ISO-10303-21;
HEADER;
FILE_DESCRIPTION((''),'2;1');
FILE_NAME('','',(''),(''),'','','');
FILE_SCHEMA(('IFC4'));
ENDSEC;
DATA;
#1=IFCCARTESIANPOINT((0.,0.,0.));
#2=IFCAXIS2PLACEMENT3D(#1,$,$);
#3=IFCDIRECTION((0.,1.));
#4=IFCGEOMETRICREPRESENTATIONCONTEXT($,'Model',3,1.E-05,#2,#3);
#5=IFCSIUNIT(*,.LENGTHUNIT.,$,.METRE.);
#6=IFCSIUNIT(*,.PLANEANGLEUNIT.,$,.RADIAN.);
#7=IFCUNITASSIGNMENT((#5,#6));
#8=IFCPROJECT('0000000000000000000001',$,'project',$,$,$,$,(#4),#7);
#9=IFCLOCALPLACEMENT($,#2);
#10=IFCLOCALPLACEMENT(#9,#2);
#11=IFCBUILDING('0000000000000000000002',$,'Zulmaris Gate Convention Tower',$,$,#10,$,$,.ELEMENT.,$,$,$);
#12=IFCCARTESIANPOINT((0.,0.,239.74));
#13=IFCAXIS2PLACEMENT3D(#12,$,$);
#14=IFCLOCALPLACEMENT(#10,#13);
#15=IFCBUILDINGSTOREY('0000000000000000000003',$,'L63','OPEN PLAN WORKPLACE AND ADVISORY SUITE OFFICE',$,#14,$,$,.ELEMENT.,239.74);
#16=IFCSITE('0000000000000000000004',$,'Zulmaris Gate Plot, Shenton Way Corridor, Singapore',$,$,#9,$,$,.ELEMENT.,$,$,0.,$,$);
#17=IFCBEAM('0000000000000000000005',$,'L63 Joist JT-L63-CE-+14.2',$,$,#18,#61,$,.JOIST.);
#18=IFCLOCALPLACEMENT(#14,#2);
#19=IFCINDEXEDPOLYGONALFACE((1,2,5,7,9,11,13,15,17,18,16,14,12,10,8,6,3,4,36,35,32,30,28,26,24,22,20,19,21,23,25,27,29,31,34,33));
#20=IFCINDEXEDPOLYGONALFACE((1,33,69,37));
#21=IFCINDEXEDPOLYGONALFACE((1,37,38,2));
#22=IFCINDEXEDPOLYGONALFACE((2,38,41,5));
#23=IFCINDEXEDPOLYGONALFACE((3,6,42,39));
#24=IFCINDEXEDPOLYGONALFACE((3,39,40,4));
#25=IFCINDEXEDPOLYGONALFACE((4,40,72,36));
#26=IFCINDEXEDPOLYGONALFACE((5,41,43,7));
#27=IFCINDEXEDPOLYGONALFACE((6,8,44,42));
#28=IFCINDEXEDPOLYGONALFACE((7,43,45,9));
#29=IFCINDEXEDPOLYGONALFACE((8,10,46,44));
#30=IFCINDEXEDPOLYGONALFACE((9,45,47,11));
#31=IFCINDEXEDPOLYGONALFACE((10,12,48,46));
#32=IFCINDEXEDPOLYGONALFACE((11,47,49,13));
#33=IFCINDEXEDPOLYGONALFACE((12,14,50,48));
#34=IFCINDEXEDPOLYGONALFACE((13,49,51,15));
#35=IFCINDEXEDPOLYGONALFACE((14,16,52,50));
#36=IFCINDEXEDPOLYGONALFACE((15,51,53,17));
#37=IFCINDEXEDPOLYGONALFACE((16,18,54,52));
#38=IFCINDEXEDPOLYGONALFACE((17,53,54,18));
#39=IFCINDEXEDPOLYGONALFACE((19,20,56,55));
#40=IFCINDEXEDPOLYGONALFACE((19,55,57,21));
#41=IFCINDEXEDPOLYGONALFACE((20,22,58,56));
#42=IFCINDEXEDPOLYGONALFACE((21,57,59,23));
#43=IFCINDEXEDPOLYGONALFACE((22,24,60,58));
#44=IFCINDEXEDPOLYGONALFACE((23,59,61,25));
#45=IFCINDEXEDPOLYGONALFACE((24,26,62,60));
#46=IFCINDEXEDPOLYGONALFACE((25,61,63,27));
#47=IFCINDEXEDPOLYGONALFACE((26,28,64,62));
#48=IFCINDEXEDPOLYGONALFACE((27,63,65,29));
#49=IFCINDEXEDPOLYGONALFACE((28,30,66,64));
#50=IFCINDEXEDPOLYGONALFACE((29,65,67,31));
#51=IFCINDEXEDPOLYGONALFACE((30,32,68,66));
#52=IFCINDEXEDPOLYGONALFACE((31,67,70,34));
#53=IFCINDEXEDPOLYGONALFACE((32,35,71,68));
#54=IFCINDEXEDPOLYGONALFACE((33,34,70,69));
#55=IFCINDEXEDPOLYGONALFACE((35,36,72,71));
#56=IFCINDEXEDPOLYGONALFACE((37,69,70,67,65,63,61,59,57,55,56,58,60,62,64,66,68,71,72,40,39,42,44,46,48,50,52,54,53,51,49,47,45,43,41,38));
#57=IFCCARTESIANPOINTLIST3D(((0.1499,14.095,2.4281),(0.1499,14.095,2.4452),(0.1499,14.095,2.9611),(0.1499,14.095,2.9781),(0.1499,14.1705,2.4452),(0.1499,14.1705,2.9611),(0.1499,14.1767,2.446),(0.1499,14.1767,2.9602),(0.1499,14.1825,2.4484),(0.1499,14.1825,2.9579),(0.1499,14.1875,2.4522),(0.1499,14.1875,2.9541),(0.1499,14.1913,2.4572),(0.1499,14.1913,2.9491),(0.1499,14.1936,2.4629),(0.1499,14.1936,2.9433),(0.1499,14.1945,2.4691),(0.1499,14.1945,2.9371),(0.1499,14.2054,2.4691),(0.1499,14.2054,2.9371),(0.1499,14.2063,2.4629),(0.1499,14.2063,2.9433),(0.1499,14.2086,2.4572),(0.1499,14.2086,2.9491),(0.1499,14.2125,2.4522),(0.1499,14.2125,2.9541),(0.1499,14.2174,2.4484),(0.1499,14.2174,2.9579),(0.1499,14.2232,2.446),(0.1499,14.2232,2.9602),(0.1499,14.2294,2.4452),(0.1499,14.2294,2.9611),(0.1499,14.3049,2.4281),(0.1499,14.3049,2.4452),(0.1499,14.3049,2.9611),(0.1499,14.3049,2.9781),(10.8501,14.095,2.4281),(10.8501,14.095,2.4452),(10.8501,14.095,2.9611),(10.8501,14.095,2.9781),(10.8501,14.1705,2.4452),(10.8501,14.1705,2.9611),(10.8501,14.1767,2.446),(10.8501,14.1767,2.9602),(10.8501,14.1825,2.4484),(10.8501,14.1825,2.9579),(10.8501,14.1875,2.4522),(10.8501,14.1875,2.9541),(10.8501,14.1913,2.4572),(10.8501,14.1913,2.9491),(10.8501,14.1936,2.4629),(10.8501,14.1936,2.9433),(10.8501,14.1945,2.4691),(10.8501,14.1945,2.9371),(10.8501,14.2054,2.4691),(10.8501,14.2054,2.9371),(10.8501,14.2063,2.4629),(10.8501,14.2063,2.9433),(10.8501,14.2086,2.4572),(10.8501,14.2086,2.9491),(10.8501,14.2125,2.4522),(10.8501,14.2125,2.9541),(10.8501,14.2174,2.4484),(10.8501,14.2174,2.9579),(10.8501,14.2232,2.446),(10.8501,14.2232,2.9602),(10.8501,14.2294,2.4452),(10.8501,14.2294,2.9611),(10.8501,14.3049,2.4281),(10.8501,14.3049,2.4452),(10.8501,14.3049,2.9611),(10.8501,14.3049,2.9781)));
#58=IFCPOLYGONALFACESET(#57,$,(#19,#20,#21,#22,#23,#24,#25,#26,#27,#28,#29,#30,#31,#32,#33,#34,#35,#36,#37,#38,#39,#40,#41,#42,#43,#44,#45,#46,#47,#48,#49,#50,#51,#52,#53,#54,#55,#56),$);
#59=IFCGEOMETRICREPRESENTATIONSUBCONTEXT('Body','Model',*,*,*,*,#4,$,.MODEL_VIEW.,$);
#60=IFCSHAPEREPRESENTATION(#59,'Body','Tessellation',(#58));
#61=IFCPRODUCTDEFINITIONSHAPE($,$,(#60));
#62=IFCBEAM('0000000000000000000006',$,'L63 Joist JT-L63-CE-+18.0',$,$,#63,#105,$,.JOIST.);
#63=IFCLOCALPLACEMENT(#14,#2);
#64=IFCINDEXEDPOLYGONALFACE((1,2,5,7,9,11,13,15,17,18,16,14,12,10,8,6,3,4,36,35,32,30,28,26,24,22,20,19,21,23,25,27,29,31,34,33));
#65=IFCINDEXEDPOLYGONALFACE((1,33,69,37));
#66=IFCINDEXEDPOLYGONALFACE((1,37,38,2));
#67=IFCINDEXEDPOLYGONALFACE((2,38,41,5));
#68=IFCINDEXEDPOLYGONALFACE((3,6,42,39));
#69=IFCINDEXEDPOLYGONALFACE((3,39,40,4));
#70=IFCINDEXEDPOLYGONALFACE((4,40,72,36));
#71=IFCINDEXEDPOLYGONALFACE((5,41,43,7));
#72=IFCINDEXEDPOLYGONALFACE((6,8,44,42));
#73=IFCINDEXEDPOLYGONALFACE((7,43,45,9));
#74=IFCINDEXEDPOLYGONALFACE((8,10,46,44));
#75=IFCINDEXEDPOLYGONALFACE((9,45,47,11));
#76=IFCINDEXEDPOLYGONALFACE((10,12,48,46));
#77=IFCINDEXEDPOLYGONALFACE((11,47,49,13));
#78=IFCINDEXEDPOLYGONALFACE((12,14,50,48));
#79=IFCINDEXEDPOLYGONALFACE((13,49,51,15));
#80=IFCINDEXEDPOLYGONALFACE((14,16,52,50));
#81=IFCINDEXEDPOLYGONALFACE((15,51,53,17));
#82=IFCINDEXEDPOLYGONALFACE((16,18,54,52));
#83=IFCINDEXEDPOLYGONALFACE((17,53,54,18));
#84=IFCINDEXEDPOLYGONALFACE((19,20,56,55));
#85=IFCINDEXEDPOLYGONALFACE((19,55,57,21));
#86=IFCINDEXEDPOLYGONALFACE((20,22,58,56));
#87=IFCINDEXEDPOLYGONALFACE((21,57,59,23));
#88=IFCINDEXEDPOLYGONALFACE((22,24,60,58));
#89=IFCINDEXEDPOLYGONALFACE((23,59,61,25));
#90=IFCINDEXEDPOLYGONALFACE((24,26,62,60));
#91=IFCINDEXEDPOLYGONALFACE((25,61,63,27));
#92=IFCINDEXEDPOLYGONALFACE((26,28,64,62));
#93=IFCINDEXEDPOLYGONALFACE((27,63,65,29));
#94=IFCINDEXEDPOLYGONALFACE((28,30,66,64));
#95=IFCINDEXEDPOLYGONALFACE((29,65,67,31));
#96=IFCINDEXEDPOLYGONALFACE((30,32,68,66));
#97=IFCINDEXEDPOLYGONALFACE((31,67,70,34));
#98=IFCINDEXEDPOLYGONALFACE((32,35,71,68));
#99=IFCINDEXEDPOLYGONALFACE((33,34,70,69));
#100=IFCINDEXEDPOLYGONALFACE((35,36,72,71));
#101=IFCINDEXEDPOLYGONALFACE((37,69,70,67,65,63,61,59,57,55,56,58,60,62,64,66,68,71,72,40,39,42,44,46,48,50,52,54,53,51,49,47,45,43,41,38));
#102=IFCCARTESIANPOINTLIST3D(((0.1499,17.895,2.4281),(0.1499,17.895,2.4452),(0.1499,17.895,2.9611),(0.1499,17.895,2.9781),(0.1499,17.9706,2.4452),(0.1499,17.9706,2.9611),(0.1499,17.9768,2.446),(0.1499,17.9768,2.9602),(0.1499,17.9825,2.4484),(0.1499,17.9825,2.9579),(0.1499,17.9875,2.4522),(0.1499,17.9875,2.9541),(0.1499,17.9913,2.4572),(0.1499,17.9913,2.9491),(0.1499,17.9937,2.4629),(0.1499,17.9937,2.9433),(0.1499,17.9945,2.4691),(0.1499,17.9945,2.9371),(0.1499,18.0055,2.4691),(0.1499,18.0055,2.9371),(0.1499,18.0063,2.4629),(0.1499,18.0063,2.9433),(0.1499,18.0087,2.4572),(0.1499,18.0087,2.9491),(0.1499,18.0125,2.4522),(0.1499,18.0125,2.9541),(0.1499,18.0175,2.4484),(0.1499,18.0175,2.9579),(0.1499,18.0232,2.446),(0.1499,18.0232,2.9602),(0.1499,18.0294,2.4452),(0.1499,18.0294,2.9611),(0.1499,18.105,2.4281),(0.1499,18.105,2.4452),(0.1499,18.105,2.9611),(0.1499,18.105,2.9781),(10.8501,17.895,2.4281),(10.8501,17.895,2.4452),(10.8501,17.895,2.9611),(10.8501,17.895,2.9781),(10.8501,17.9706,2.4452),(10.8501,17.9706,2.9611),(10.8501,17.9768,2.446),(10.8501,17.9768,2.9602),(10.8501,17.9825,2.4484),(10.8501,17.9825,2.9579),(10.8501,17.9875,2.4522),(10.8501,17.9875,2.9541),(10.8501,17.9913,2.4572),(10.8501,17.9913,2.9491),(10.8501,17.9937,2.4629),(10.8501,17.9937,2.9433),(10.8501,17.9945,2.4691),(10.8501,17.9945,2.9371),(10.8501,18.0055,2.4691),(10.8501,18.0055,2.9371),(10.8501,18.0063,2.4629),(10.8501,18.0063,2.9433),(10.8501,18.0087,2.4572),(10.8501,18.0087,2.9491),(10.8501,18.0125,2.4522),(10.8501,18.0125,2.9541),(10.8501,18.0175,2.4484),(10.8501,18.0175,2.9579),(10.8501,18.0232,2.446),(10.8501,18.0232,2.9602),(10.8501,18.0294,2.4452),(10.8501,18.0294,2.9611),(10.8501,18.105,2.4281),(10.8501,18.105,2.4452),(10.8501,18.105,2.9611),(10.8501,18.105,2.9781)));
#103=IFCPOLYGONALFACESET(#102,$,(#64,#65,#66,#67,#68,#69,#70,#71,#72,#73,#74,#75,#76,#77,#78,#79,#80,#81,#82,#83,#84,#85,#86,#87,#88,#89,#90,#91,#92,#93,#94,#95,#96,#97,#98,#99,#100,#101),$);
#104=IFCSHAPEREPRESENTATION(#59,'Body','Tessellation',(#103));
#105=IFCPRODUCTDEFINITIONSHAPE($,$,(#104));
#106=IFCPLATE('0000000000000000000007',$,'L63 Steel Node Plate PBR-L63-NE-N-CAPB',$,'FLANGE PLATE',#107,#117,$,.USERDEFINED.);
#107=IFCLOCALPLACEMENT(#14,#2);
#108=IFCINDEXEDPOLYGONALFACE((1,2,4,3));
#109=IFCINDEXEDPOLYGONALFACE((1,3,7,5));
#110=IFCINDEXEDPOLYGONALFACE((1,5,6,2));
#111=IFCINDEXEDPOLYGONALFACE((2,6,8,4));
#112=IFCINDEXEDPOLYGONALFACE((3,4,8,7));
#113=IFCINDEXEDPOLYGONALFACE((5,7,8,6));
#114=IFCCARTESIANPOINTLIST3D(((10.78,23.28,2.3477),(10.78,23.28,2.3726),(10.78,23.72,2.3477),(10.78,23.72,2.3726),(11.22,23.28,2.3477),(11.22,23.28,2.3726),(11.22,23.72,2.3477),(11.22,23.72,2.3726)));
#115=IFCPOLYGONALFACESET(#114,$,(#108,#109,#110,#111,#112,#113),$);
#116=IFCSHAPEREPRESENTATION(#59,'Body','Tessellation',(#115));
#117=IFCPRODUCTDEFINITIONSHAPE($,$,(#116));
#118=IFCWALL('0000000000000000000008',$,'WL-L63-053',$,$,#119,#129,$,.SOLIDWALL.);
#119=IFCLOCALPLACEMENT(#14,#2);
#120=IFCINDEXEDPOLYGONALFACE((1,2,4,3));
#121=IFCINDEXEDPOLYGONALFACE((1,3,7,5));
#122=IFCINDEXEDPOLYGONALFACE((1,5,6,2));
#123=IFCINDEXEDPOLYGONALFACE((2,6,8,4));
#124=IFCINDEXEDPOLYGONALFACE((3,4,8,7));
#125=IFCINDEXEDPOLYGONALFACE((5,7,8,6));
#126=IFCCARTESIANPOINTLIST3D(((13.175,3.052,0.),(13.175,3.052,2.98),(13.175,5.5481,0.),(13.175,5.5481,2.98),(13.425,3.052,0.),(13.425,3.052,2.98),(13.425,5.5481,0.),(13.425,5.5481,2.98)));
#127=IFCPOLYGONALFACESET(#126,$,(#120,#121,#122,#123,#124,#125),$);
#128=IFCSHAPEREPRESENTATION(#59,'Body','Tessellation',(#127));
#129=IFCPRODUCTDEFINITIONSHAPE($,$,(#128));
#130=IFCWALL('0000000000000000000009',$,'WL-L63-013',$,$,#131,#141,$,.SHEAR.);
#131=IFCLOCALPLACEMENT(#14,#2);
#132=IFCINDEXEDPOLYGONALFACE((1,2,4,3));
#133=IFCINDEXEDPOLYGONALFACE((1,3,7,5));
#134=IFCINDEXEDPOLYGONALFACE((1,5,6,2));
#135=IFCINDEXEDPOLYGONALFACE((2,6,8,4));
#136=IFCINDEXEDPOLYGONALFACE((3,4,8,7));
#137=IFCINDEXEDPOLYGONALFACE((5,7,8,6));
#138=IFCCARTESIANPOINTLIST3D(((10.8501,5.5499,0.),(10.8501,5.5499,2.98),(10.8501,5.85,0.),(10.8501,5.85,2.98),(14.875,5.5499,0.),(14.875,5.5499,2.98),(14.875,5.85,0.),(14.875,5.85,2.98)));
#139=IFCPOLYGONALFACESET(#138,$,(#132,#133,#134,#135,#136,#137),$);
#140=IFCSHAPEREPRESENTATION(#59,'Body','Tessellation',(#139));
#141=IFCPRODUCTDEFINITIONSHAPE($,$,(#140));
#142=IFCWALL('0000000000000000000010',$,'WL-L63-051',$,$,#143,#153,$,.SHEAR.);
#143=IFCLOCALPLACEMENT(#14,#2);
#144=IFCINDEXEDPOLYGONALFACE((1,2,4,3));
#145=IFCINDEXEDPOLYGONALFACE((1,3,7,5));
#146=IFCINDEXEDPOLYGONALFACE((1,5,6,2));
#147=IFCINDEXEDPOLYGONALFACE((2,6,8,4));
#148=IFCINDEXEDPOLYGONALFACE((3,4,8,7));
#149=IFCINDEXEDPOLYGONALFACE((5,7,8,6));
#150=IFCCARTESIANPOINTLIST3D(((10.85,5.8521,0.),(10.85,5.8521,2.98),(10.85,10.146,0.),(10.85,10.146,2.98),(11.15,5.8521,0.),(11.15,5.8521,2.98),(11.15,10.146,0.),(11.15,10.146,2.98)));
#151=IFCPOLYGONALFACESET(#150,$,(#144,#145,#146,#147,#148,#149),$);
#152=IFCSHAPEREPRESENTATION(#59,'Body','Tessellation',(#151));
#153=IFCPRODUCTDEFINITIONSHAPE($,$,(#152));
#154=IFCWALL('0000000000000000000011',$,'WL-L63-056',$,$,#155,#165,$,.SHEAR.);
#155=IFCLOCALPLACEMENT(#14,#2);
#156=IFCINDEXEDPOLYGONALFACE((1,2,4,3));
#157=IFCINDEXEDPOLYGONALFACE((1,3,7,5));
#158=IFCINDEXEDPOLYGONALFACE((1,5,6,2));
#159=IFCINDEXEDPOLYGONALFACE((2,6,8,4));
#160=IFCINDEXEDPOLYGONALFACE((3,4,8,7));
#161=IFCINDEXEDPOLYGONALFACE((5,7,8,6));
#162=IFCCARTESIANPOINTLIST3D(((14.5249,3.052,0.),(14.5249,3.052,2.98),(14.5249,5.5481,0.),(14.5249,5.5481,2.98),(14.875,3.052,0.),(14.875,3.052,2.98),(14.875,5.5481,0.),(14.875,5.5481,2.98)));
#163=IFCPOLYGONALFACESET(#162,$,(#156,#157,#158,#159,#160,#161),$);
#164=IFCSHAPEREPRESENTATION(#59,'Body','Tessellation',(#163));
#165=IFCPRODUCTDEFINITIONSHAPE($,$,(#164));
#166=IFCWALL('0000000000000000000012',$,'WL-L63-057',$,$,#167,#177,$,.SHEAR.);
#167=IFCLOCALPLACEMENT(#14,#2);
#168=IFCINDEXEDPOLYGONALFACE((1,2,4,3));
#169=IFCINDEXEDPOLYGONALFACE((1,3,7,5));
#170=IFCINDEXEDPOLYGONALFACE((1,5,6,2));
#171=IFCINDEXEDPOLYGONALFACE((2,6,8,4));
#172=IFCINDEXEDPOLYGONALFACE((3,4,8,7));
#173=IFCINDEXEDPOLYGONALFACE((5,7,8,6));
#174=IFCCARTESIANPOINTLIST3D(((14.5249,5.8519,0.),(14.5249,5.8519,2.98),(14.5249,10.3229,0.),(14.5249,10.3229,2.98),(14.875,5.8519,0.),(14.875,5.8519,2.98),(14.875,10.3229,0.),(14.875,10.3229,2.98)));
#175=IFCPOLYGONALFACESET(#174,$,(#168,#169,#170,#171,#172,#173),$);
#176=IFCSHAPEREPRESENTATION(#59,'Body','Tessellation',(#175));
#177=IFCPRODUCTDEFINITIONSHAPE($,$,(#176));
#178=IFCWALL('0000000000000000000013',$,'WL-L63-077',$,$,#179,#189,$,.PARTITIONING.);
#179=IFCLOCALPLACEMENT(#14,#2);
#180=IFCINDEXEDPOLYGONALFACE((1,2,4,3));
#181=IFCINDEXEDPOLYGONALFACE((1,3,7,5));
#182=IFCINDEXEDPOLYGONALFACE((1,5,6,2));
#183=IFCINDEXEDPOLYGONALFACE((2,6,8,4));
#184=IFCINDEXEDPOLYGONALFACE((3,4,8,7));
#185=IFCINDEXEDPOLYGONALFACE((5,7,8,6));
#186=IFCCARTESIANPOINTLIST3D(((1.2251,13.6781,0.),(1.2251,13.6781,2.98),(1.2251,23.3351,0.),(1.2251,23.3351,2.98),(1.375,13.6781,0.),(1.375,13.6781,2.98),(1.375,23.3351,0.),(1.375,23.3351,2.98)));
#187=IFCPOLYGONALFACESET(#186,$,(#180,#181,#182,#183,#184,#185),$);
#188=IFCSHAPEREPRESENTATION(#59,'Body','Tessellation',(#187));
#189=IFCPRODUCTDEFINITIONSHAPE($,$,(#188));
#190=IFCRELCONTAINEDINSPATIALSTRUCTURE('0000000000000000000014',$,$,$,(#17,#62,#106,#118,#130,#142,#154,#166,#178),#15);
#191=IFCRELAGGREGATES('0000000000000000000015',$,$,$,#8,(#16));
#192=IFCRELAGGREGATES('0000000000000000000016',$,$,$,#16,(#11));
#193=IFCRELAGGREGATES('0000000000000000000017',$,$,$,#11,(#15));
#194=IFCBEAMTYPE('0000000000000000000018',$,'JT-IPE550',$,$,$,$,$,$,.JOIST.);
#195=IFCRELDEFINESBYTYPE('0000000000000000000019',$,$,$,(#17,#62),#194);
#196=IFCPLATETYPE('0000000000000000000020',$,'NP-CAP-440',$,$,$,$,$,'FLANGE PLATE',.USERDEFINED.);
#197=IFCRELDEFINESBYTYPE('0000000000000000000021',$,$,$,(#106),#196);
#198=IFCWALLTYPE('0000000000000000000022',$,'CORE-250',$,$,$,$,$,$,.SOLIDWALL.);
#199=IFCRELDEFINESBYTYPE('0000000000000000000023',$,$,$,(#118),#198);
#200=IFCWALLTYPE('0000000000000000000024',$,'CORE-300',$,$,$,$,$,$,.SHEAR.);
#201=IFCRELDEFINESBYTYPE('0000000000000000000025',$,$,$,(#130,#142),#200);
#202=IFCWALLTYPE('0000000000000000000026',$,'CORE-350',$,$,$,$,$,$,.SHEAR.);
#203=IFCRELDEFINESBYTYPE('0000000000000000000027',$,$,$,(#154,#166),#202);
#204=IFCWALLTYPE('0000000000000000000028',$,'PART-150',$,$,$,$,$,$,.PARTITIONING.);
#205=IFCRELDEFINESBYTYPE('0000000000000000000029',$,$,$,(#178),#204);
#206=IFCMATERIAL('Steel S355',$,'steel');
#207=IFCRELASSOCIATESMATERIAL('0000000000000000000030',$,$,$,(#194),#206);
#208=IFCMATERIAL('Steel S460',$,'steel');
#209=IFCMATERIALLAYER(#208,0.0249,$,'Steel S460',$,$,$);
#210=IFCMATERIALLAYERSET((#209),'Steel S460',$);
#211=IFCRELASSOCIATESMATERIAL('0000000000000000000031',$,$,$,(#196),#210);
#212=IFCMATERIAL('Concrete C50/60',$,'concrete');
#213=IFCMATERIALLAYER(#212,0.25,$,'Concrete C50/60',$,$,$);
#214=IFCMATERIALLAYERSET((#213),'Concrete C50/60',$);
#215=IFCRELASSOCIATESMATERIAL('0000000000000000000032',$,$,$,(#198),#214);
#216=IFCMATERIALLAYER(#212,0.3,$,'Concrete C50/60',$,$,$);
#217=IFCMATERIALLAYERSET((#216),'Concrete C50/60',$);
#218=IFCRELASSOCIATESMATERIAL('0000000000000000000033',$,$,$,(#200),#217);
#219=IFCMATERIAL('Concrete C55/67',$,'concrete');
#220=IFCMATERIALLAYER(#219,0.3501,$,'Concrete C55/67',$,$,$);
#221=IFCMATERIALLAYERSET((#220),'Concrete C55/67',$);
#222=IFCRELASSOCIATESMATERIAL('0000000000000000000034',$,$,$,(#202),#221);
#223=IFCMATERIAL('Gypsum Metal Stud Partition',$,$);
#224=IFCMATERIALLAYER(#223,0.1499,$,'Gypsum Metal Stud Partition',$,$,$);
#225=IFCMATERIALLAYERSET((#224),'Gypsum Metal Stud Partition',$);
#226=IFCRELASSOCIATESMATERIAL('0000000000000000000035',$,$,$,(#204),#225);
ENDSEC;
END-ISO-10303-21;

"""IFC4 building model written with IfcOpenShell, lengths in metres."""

from ifc_helpers import new_model, si_unit, direction, frame, frame_2d, origin, origin_2d, place, context, subcontext, project, spatial, rectangle, i_section, extrude, material, layer, layer_set, material_profile, profile_set, type_object, element, save


model = new_model("IFC4")

# Units and contexts
model_context = context("Model", 3, precision=1e-05, world=origin(), true_north=direction((0.0, 1.0)))
body_context = subcontext(model_context, "Body", "Model", "MODEL_VIEW")
ifc_project = project(units=[si_unit("LENGTHUNIT", "METRE"), si_unit("PLANEANGLEUNIT", "RADIAN")], contexts=[model_context])

# Site, building, storey
site_placement = place(None, origin())
site = spatial("IfcSite", under=ifc_project, at=site_placement, Name="Zulmaris Gate Plot, Shenton Way Corridor, Singapore", CompositionType="ELEMENT", RefElevation=0.0)
building_placement = place(site_placement, origin())
building = spatial("IfcBuilding", under=site, at=building_placement, Name="Zulmaris Gate Convention Tower", CompositionType="ELEMENT")
storey_placement = place(building_placement, frame((0.0, 0.0, 239.74)))
storey = spatial("IfcBuildingStorey", under=building, at=storey_placement, Name="L63", Description="OPEN PLAN WORKPLACE AND ADVISORY SUITE OFFICE", CompositionType="ELEMENT", Elevation=239.74)

# Shared definitions
ifc_material_1 = material(Name="Concrete C50/60", Category="concrete")

# Beams
ifc_material_2 = material(Name="Steel S355", Category="steel")
ifc_material_profile_1 = material_profile(ifc_material_2, i_section(OverallWidth=0.21, OverallDepth=0.55, WebThickness=0.011, FlangeThickness=0.0171, FilletRadius=0.0239, at=origin_2d()), Name="IPE 550")
ifc_profile_set_1 = profile_set([ifc_material_profile_1], Name="Steel S355")
beam_type_1 = type_object("IfcBeamType", Name="JT-IPE550", PredefinedType="JOIST", material=ifc_profile_set_1)
for number, where, z_axis, x_axis, name in (
    (1, (0.1499, 14.2, 2.7031), (1.0, 0.0, 0.0), (0.0, 1.0, 0.0), "L63 Joist JT-L63-CE-+14.2"),
    (2, (0.1499, 18.0, 2.7031), (1.0, 0.0, 0.0), (0.0, 1.0, 0.0), "L63 Joist JT-L63-CE-+18.0"),
):
    element("IfcBeam", number, at=place(storey_placement, frame(where, z_axis=z_axis, x_axis=x_axis)), inside=storey, type_object=beam_type_1, Name=name, PredefinedType="JOIST", context=body_context, shape_type="SweptSolid", body=[
        extrude(i_section(OverallWidth=0.21, OverallDepth=0.55, WebThickness=0.011, FlangeThickness=0.0171, FilletRadius=0.0239, at=origin_2d()), origin(), (0.0, 0.0, 1.0), 10.7002),
    ])

# Plate
ifc_material_3 = material(Name="Steel S460", Category="steel")
ifc_layer_1 = layer(ifc_material_3, 0.0249, Name="Steel S460")
ifc_layer_set_1 = layer_set([ifc_layer_1], Name="Steel S460")
plate_type = type_object("IfcPlateType", Name="NP-CAP-440", ElementType="FLANGE PLATE", PredefinedType="USERDEFINED", material=ifc_layer_set_1)
plate_placement = place(storey_placement, frame((11.0, 23.5, 2.3477), z_axis=(0.0, 0.0, 1.0), x_axis=(1.0, 0.0, 0.0)))
element("IfcPlate", 3, at=plate_placement, inside=storey, type_object=plate_type, Name="L63 Steel Node Plate PBR-L63-NE-N-CAPB", ObjectType="FLANGE PLATE", PredefinedType="USERDEFINED", context=body_context, shape_type="SweptSolid", body=[
    extrude(rectangle(XDim=0.4399, YDim=0.4399, at=origin_2d()), origin(), (0.0, 0.0, 1.0), 0.0249),
])

# Walls
ifc_layer_2 = layer(ifc_material_1, 0.25, Name="Concrete C50/60")
ifc_layer_set_2 = layer_set([ifc_layer_2], Name="Concrete C50/60")
wall_type_1 = type_object("IfcWallType", Name="CORE-250", PredefinedType="SOLIDWALL", material=ifc_layer_set_2)
wall_1_placement = place(storey_placement, frame((13.3, 3.052, 0.0), z_axis=(0.0, 0.0, 1.0), x_axis=(0.0, 1.0, 0.0)))
element("IfcWall", 4, at=wall_1_placement, inside=storey, type_object=wall_type_1, Name="WL-L63-053", PredefinedType="SOLIDWALL", context=body_context, shape_type="SweptSolid", body=[
    extrude(rectangle(XDim=2.4961, YDim=0.25, at=frame_2d((1.248, 0.0))), origin(), (0.0, 0.0, 1.0), 2.98),
])
ifc_layer_3 = layer(ifc_material_1, 0.3, Name="Concrete C50/60")
ifc_layer_set_3 = layer_set([ifc_layer_3], Name="Concrete C50/60")
wall_type_2 = type_object("IfcWallType", Name="CORE-300", PredefinedType="SHEAR", material=ifc_layer_set_3)
wall_2_placement = place(storey_placement, frame((10.8501, 5.7, 0.0), z_axis=(0.0, 0.0, 1.0), x_axis=(1.0, 0.0, 0.0)))
element("IfcWall", 5, at=wall_2_placement, inside=storey, type_object=wall_type_2, Name="WL-L63-013", PredefinedType="SHEAR", context=body_context, shape_type="SweptSolid", body=[
    extrude(rectangle(XDim=4.0249, YDim=0.3, at=frame_2d((2.0125, 0.0))), origin(), (0.0, 0.0, 1.0), 2.98),
])

# Wall
wall_3_placement = place(storey_placement, frame((11.0, 5.8521, 0.0), z_axis=(0.0, 0.0, 1.0), x_axis=(0.0, 1.0, 0.0)))
element("IfcWall", 6, at=wall_3_placement, inside=storey, type_object=wall_type_2, Name="WL-L63-051", PredefinedType="SHEAR", context=body_context, shape_type="SweptSolid", body=[
    extrude(rectangle(XDim=4.2939, YDim=0.3, at=frame_2d((2.147, 0.0))), origin(), (0.0, 0.0, 1.0), 2.98),
])

# Shared definitions
ifc_material_4 = material(Name="Concrete C55/67", Category="concrete")
ifc_layer_4 = layer(ifc_material_4, 0.3501, Name="Concrete C55/67")
ifc_layer_set_4 = layer_set([ifc_layer_4], Name="Concrete C55/67")
wall_type_3 = type_object("IfcWallType", Name="CORE-350", PredefinedType="SHEAR", material=ifc_layer_set_4)

# Walls
wall_4_placement = place(storey_placement, frame((14.7, 3.052, 0.0), z_axis=(0.0, 0.0, 1.0), x_axis=(0.0, 1.0, 0.0)))
element("IfcWall", 7, at=wall_4_placement, inside=storey, type_object=wall_type_3, Name="WL-L63-056", PredefinedType="SHEAR", context=body_context, shape_type="SweptSolid", body=[
    extrude(rectangle(XDim=2.4961, YDim=0.3501, at=frame_2d((1.248, 0.0))), origin(), (0.0, 0.0, 1.0), 2.98),
])
wall_5_placement = place(storey_placement, frame((14.7, 5.8521, 0.0), z_axis=(0.0, 0.0, 1.0), x_axis=(0.0, 1.0, 0.0)))
element("IfcWall", 8, at=wall_5_placement, inside=storey, type_object=wall_type_3, Name="WL-L63-057", PredefinedType="SHEAR", context=body_context, shape_type="SweptSolid", body=[
    extrude(rectangle(XDim=4.4709, YDim=0.3501, at=frame_2d((2.2354, 0.0))), origin(), (0.0, 0.0, 1.0), 2.98),
])
ifc_material_5 = material(Name="Gypsum Metal Stud Partition")
ifc_layer_5 = layer(ifc_material_5, 0.1499, Name="Gypsum Metal Stud Partition")
ifc_layer_set_5 = layer_set([ifc_layer_5], Name="Gypsum Metal Stud Partition")
wall_type_4 = type_object("IfcWallType", Name="PART-150", PredefinedType="PARTITIONING", material=ifc_layer_set_5)
for number, where, z_axis, x_axis, name in (
    (9, (1.3, 13.678, 0.0), (0.0, 0.0, 1.0), (0.0, 1.0, 0.0), "WL-L63-077"),
):
    element("IfcWall", number, at=place(storey_placement, frame(where, z_axis=z_axis, x_axis=x_axis)), inside=storey, type_object=wall_type_4, Name=name, PredefinedType="PARTITIONING", context=body_context, shape_type="SweptSolid", body=[
        extrude(rectangle(XDim=9.657, YDim=0.1499, at=frame_2d((4.8286, 0.0))), origin(), (0.0, 0.0, 1.0), 2.98),
    ])

save(model, "model.ifc")
